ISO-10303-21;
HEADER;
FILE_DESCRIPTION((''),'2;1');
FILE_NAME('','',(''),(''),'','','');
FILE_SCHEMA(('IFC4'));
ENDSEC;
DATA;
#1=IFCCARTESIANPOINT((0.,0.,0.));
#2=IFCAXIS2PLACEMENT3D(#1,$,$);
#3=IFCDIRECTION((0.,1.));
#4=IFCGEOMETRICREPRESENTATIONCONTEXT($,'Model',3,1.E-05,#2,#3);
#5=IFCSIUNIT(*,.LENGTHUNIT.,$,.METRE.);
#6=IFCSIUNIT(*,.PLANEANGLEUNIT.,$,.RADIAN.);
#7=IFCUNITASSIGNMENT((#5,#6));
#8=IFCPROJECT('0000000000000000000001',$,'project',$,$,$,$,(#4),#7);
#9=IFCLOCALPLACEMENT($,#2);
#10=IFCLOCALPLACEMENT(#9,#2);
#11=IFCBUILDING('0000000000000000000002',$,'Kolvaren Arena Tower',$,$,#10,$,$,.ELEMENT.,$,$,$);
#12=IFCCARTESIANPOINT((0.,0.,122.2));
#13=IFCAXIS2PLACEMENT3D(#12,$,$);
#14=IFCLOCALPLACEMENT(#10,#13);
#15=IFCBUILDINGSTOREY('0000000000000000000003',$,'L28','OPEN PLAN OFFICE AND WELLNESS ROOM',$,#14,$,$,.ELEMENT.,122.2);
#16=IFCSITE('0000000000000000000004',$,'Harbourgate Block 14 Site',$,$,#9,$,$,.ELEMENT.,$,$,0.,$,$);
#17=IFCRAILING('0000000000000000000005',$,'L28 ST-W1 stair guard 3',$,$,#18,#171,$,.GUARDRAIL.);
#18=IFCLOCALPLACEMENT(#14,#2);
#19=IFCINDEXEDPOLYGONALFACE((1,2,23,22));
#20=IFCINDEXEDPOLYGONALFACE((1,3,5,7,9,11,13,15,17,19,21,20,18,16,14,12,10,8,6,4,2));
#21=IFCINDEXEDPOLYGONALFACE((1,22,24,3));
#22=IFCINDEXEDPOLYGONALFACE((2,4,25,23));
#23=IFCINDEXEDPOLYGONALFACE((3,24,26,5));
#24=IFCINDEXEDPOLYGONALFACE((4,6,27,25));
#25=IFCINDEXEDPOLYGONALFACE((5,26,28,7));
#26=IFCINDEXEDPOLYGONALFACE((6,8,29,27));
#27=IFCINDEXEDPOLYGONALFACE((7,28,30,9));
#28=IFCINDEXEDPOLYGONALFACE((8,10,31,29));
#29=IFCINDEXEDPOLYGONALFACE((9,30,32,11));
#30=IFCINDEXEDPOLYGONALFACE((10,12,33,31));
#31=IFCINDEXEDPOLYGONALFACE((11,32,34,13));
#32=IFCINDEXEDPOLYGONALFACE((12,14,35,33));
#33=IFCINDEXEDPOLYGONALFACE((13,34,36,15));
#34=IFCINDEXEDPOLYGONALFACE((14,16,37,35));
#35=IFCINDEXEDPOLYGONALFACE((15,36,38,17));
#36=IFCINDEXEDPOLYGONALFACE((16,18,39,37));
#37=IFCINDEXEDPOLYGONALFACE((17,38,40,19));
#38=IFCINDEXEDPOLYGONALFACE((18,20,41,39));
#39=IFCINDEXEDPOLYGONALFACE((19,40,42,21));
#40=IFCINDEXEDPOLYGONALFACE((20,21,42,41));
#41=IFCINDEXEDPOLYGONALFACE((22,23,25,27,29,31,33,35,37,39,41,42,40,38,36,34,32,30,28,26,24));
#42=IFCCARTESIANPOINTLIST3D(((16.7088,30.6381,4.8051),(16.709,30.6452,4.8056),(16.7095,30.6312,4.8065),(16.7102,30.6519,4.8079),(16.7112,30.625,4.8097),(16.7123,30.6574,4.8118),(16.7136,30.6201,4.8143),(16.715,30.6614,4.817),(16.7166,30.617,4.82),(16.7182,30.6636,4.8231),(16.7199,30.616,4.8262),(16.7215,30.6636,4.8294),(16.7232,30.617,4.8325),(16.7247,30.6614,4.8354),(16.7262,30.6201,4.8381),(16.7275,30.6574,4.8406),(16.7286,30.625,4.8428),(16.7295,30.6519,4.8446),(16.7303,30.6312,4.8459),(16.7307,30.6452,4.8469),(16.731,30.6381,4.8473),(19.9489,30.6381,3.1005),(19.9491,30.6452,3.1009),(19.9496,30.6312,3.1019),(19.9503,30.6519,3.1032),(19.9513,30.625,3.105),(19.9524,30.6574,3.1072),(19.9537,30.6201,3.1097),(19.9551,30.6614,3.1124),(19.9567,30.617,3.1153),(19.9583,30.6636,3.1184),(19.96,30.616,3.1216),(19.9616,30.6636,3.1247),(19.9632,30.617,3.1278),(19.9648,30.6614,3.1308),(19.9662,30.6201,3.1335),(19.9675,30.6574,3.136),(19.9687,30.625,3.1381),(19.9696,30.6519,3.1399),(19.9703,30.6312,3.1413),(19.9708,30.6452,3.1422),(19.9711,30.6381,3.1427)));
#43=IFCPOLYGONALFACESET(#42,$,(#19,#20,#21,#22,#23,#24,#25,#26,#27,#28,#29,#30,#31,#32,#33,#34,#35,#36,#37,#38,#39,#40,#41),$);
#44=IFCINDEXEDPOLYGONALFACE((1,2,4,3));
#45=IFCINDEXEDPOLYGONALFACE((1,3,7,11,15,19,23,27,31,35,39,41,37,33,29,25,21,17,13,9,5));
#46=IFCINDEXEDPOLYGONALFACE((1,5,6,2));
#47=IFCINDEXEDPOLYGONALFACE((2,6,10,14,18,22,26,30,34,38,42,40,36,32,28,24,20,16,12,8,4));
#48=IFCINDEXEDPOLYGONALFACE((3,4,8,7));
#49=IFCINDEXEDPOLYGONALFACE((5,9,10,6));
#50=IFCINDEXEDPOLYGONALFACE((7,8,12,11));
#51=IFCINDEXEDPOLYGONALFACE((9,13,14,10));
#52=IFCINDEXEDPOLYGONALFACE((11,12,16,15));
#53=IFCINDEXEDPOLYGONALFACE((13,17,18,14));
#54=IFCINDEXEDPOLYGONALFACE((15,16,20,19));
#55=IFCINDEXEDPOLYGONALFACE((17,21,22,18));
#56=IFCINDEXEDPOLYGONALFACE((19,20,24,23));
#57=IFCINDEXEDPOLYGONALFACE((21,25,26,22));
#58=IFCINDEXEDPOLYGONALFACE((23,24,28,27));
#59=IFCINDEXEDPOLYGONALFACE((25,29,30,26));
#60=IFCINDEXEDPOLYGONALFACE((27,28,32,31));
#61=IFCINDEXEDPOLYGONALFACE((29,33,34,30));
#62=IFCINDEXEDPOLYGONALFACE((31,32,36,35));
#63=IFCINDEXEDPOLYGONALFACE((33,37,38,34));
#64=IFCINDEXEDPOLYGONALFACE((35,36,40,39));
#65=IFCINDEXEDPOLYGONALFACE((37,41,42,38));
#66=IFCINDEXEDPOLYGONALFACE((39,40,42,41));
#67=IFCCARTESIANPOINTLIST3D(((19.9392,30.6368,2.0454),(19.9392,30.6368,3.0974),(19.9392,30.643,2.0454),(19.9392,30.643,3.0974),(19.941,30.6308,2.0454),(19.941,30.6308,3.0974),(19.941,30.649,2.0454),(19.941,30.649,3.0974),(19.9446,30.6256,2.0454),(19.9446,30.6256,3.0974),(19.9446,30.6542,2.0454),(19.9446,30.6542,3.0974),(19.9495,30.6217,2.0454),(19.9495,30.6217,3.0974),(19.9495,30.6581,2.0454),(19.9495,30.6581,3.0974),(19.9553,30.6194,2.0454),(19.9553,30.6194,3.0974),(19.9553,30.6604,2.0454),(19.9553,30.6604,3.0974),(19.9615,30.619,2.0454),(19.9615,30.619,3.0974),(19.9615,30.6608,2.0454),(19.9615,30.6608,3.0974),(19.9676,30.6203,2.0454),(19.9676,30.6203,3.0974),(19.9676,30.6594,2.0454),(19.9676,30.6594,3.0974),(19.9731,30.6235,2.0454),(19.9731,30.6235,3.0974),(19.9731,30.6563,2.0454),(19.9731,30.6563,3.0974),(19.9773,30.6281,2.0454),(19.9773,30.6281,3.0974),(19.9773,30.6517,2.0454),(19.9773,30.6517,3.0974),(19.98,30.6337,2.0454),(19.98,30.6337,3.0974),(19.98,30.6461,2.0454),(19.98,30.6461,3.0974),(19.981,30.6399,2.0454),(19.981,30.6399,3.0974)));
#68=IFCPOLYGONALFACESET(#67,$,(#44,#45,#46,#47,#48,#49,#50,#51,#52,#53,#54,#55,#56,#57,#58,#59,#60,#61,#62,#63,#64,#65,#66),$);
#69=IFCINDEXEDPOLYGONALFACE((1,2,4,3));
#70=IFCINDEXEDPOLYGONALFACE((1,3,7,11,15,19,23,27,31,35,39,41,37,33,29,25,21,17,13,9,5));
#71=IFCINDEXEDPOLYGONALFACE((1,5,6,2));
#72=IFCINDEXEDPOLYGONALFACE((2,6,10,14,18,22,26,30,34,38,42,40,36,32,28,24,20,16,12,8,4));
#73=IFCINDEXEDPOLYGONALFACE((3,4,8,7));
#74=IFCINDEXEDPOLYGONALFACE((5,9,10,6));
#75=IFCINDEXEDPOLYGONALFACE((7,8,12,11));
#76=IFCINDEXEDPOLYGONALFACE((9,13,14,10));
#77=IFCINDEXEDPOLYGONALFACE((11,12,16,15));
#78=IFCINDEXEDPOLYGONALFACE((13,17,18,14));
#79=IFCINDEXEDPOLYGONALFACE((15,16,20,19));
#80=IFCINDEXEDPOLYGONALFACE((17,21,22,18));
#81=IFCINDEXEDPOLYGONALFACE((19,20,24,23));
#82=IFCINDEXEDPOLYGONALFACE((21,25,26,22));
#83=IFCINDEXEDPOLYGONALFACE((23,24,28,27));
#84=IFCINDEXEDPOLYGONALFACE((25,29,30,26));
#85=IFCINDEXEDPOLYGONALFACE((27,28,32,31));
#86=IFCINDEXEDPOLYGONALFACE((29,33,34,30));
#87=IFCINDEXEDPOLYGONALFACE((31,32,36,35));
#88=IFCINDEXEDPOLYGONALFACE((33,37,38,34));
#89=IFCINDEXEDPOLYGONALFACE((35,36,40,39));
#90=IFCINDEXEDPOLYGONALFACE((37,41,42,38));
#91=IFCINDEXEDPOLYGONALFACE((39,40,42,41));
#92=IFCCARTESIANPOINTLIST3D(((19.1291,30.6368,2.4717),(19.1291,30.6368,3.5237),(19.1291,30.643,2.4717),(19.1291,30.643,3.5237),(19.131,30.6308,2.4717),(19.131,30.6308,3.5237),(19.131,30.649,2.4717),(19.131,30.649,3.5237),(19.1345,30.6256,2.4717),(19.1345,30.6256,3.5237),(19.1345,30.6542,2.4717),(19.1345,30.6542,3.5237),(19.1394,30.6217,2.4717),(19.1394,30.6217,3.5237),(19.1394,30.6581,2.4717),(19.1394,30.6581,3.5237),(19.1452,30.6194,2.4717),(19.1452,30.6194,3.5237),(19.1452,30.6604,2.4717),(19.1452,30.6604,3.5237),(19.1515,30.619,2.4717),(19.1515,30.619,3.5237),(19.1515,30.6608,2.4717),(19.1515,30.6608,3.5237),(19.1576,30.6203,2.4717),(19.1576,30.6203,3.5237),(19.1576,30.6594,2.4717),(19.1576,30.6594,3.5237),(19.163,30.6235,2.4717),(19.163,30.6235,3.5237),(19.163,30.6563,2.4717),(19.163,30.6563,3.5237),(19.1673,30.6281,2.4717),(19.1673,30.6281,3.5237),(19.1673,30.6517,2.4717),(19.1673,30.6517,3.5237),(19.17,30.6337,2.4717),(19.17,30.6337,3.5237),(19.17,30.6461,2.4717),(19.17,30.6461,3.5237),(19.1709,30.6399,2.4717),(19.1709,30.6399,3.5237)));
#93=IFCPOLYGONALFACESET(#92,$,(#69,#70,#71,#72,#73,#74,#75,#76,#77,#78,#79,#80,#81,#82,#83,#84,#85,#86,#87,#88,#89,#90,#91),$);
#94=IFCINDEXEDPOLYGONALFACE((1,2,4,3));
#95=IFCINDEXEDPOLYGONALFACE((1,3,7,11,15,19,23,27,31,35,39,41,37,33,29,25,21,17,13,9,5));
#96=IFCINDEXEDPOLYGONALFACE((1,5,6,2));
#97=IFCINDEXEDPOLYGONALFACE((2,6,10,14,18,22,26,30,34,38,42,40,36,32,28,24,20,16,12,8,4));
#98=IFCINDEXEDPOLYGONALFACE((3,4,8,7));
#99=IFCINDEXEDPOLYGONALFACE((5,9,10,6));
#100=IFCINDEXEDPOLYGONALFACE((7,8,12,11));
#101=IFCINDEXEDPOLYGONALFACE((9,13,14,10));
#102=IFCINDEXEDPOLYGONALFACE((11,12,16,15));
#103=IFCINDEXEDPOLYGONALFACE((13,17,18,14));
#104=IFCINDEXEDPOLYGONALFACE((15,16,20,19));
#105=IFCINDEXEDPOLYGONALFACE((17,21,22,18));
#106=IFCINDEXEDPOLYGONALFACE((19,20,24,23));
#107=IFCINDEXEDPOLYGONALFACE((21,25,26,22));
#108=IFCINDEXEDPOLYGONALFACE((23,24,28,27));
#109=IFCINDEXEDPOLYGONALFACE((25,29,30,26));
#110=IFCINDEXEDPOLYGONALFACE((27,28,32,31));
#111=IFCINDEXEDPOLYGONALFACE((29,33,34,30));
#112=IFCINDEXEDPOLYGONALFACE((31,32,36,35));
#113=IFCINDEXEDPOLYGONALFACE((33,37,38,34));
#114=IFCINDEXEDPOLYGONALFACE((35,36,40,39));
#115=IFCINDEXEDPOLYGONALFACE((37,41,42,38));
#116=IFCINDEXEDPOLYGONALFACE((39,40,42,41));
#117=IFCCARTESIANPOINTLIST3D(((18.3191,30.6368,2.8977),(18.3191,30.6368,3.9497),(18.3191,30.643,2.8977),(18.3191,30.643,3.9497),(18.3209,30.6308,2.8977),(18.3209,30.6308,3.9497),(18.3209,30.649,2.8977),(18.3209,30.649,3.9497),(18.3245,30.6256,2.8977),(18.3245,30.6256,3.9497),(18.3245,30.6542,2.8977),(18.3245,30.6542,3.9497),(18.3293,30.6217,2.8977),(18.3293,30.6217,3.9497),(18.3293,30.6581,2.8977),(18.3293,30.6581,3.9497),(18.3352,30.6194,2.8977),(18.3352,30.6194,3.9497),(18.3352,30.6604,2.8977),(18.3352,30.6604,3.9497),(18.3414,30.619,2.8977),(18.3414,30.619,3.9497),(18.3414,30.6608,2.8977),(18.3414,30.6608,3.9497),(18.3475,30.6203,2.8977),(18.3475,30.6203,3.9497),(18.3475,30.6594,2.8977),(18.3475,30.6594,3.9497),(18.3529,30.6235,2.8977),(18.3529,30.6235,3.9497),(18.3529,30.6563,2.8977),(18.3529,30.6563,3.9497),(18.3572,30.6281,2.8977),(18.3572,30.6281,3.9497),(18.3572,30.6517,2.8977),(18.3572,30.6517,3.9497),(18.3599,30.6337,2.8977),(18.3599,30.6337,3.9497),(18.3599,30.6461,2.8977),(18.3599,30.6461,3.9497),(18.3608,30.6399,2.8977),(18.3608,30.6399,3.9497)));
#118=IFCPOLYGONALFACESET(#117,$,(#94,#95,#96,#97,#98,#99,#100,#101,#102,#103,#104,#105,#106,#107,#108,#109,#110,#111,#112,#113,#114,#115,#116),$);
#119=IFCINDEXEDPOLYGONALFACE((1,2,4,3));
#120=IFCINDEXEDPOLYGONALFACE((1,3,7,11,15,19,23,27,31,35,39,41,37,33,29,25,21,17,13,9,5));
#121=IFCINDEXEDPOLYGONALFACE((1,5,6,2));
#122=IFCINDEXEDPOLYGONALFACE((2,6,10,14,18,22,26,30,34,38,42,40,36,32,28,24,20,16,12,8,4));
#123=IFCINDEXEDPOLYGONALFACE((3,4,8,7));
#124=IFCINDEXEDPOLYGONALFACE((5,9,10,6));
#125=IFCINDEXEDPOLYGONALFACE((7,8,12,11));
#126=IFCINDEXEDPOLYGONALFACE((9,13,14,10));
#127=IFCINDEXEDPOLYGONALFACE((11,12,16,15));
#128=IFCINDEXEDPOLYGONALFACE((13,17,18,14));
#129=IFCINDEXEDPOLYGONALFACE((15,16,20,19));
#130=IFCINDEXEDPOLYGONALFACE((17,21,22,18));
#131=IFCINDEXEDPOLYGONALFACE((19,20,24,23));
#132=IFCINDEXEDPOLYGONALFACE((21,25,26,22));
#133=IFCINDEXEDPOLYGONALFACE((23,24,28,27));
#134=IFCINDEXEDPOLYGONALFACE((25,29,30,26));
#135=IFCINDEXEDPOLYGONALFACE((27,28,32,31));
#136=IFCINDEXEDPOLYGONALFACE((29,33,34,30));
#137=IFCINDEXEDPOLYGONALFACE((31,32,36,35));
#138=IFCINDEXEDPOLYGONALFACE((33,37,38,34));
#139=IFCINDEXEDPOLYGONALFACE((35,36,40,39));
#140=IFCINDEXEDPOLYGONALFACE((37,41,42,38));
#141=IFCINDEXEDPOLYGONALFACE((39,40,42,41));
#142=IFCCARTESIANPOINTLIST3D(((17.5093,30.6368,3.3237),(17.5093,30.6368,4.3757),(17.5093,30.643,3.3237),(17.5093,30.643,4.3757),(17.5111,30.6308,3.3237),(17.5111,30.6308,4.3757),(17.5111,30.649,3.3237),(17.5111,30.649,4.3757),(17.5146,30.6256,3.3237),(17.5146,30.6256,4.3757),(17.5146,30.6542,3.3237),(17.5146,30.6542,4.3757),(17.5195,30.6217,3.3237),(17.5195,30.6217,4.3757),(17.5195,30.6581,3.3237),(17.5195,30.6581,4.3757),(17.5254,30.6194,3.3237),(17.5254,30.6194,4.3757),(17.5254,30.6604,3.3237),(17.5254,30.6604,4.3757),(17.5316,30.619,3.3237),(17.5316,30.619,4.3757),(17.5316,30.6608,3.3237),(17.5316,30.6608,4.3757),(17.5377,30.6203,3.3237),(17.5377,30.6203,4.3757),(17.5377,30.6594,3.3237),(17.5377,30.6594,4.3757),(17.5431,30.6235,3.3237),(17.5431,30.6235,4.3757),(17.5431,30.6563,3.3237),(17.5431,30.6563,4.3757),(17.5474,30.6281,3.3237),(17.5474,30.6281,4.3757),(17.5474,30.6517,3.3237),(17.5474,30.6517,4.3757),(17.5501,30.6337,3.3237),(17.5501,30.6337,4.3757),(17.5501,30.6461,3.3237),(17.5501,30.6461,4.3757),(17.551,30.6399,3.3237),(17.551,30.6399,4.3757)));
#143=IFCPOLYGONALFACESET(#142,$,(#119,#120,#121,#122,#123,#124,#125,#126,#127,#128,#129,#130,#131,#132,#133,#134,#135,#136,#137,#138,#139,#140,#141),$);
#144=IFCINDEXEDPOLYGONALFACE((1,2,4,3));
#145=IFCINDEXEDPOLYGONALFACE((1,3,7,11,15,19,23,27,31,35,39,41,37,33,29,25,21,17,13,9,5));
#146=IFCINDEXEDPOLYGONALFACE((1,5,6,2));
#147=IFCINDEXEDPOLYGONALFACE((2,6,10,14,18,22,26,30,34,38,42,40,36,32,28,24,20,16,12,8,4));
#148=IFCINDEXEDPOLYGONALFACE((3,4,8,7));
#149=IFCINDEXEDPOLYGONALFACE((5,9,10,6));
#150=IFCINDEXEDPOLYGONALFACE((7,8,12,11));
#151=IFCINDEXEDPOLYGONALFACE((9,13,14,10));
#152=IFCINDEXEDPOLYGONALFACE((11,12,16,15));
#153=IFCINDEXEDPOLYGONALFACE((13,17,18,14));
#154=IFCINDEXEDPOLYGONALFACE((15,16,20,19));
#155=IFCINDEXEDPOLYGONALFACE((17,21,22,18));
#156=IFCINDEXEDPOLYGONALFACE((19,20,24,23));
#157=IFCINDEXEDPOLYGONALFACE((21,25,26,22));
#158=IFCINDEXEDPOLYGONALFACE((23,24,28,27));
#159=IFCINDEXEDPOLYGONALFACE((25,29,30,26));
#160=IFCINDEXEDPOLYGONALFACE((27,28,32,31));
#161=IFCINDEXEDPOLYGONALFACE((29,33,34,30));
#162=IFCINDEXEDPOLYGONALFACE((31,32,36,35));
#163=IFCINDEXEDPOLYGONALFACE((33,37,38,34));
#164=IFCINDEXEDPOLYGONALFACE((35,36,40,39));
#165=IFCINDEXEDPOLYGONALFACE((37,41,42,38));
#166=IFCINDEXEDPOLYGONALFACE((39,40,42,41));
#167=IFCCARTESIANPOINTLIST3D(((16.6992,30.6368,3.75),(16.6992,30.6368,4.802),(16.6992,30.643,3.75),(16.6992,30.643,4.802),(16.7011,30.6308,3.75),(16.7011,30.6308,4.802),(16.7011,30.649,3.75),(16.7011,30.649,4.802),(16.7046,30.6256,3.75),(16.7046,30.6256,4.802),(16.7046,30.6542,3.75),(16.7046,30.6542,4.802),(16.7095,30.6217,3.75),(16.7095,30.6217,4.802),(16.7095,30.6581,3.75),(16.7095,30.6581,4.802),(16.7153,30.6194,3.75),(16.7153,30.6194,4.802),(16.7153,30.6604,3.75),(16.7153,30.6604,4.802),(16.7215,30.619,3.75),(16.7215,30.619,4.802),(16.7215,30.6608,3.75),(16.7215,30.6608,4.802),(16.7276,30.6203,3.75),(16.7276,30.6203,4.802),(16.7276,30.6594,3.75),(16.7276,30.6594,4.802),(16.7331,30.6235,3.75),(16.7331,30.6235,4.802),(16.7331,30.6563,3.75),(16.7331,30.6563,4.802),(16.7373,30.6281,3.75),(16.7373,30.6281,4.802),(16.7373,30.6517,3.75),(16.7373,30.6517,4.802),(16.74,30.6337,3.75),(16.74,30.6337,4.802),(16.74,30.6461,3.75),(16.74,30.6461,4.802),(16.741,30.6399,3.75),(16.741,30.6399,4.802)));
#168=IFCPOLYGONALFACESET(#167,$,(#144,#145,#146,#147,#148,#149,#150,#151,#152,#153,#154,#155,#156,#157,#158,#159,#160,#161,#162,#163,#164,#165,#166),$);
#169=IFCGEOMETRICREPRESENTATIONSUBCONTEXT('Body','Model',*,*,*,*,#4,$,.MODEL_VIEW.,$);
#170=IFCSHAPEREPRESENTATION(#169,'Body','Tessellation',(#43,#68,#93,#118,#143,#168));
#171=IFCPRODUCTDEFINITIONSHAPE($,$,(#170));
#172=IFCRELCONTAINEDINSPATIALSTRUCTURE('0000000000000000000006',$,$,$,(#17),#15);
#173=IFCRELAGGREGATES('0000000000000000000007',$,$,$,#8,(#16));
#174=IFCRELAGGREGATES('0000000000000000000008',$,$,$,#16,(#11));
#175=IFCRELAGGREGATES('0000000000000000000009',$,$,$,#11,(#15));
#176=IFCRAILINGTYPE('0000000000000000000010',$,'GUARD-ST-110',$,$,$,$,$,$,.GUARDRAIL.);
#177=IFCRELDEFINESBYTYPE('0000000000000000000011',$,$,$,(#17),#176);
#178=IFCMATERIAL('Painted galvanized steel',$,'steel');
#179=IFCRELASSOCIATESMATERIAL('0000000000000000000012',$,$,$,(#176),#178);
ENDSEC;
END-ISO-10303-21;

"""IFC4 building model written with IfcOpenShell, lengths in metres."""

from ifc_helpers import new_model, si_unit, direction, frame, origin, origin_2d, place, context, subcontext, project, spatial, circle, extrude, material, type_object, element, save


model = new_model("IFC4")

# Units and contexts
model_context = context("Model", 3, precision=1e-05, world=origin(), true_north=direction((0.0, 1.0)))
body_context = subcontext(model_context, "Body", "Model", "MODEL_VIEW")
ifc_project = project(units=[si_unit("LENGTHUNIT", "METRE"), si_unit("PLANEANGLEUNIT", "RADIAN")], contexts=[model_context])

# Site, building, storey
site_placement = place(None, origin())
site = spatial("IfcSite", under=ifc_project, at=site_placement, Name="Harbourgate Block 14 Site", CompositionType="ELEMENT", RefElevation=0.0)
building_placement = place(site_placement, origin())
building = spatial("IfcBuilding", under=site, at=building_placement, Name="Kolvaren Arena Tower", CompositionType="ELEMENT")
storey_placement = place(building_placement, frame((0.0, 0.0, 122.2)))
storey = spatial("IfcBuildingStorey", under=building, at=storey_placement, Name="L28", Description="OPEN PLAN OFFICE AND WELLNESS ROOM", CompositionType="ELEMENT", Elevation=122.2)

# Railing
ifc_material_1 = material(Name="Painted galvanized steel", Category="steel")
railing_type_1 = type_object("IfcRailingType", Name="GUARD-ST-110", PredefinedType="GUARDRAIL", material=ifc_material_1)
railing_1_placement = place(storey_placement, frame((19.96, 30.6399, 2.0454)))
element("IfcRailing", 1, at=railing_1_placement, inside=storey, type_object=railing_type_1, Name="L28 ST-W1 stair guard 3", PredefinedType="GUARDRAIL", context=body_context, shape_type="SweptSolid", body=[
    extrude(circle(Radius=0.0239, at=origin_2d()), frame((0.0, 0.0, 1.0762), z_axis=(-0.884993, 0.0, 0.465604), x_axis=(0.0, -1.0, 0.0)), (0.0, 0.0, 1.0), 3.6611),
    extrude(circle(Radius=0.021, at=origin_2d()), origin(), (0.0, 0.0, 1.0), 1.052),
    extrude(circle(Radius=0.021, at=origin_2d()), frame((-0.8101, 0.0, 0.4263)), (0.0, 0.0, 1.0), 1.052),
    extrude(circle(Radius=0.021, at=origin_2d()), frame((-1.6201, 0.0, 0.8523)), (0.0, 0.0, 1.0), 1.052),
    extrude(circle(Radius=0.021, at=origin_2d()), frame((-2.4299, 0.0, 1.2783)), (0.0, 0.0, 1.0), 1.052),
    extrude(circle(Radius=0.021, at=origin_2d()), frame((-3.24, 0.0, 1.7046)), (0.0, 0.0, 1.0), 1.052),
])

save(model, "model.ifc")
